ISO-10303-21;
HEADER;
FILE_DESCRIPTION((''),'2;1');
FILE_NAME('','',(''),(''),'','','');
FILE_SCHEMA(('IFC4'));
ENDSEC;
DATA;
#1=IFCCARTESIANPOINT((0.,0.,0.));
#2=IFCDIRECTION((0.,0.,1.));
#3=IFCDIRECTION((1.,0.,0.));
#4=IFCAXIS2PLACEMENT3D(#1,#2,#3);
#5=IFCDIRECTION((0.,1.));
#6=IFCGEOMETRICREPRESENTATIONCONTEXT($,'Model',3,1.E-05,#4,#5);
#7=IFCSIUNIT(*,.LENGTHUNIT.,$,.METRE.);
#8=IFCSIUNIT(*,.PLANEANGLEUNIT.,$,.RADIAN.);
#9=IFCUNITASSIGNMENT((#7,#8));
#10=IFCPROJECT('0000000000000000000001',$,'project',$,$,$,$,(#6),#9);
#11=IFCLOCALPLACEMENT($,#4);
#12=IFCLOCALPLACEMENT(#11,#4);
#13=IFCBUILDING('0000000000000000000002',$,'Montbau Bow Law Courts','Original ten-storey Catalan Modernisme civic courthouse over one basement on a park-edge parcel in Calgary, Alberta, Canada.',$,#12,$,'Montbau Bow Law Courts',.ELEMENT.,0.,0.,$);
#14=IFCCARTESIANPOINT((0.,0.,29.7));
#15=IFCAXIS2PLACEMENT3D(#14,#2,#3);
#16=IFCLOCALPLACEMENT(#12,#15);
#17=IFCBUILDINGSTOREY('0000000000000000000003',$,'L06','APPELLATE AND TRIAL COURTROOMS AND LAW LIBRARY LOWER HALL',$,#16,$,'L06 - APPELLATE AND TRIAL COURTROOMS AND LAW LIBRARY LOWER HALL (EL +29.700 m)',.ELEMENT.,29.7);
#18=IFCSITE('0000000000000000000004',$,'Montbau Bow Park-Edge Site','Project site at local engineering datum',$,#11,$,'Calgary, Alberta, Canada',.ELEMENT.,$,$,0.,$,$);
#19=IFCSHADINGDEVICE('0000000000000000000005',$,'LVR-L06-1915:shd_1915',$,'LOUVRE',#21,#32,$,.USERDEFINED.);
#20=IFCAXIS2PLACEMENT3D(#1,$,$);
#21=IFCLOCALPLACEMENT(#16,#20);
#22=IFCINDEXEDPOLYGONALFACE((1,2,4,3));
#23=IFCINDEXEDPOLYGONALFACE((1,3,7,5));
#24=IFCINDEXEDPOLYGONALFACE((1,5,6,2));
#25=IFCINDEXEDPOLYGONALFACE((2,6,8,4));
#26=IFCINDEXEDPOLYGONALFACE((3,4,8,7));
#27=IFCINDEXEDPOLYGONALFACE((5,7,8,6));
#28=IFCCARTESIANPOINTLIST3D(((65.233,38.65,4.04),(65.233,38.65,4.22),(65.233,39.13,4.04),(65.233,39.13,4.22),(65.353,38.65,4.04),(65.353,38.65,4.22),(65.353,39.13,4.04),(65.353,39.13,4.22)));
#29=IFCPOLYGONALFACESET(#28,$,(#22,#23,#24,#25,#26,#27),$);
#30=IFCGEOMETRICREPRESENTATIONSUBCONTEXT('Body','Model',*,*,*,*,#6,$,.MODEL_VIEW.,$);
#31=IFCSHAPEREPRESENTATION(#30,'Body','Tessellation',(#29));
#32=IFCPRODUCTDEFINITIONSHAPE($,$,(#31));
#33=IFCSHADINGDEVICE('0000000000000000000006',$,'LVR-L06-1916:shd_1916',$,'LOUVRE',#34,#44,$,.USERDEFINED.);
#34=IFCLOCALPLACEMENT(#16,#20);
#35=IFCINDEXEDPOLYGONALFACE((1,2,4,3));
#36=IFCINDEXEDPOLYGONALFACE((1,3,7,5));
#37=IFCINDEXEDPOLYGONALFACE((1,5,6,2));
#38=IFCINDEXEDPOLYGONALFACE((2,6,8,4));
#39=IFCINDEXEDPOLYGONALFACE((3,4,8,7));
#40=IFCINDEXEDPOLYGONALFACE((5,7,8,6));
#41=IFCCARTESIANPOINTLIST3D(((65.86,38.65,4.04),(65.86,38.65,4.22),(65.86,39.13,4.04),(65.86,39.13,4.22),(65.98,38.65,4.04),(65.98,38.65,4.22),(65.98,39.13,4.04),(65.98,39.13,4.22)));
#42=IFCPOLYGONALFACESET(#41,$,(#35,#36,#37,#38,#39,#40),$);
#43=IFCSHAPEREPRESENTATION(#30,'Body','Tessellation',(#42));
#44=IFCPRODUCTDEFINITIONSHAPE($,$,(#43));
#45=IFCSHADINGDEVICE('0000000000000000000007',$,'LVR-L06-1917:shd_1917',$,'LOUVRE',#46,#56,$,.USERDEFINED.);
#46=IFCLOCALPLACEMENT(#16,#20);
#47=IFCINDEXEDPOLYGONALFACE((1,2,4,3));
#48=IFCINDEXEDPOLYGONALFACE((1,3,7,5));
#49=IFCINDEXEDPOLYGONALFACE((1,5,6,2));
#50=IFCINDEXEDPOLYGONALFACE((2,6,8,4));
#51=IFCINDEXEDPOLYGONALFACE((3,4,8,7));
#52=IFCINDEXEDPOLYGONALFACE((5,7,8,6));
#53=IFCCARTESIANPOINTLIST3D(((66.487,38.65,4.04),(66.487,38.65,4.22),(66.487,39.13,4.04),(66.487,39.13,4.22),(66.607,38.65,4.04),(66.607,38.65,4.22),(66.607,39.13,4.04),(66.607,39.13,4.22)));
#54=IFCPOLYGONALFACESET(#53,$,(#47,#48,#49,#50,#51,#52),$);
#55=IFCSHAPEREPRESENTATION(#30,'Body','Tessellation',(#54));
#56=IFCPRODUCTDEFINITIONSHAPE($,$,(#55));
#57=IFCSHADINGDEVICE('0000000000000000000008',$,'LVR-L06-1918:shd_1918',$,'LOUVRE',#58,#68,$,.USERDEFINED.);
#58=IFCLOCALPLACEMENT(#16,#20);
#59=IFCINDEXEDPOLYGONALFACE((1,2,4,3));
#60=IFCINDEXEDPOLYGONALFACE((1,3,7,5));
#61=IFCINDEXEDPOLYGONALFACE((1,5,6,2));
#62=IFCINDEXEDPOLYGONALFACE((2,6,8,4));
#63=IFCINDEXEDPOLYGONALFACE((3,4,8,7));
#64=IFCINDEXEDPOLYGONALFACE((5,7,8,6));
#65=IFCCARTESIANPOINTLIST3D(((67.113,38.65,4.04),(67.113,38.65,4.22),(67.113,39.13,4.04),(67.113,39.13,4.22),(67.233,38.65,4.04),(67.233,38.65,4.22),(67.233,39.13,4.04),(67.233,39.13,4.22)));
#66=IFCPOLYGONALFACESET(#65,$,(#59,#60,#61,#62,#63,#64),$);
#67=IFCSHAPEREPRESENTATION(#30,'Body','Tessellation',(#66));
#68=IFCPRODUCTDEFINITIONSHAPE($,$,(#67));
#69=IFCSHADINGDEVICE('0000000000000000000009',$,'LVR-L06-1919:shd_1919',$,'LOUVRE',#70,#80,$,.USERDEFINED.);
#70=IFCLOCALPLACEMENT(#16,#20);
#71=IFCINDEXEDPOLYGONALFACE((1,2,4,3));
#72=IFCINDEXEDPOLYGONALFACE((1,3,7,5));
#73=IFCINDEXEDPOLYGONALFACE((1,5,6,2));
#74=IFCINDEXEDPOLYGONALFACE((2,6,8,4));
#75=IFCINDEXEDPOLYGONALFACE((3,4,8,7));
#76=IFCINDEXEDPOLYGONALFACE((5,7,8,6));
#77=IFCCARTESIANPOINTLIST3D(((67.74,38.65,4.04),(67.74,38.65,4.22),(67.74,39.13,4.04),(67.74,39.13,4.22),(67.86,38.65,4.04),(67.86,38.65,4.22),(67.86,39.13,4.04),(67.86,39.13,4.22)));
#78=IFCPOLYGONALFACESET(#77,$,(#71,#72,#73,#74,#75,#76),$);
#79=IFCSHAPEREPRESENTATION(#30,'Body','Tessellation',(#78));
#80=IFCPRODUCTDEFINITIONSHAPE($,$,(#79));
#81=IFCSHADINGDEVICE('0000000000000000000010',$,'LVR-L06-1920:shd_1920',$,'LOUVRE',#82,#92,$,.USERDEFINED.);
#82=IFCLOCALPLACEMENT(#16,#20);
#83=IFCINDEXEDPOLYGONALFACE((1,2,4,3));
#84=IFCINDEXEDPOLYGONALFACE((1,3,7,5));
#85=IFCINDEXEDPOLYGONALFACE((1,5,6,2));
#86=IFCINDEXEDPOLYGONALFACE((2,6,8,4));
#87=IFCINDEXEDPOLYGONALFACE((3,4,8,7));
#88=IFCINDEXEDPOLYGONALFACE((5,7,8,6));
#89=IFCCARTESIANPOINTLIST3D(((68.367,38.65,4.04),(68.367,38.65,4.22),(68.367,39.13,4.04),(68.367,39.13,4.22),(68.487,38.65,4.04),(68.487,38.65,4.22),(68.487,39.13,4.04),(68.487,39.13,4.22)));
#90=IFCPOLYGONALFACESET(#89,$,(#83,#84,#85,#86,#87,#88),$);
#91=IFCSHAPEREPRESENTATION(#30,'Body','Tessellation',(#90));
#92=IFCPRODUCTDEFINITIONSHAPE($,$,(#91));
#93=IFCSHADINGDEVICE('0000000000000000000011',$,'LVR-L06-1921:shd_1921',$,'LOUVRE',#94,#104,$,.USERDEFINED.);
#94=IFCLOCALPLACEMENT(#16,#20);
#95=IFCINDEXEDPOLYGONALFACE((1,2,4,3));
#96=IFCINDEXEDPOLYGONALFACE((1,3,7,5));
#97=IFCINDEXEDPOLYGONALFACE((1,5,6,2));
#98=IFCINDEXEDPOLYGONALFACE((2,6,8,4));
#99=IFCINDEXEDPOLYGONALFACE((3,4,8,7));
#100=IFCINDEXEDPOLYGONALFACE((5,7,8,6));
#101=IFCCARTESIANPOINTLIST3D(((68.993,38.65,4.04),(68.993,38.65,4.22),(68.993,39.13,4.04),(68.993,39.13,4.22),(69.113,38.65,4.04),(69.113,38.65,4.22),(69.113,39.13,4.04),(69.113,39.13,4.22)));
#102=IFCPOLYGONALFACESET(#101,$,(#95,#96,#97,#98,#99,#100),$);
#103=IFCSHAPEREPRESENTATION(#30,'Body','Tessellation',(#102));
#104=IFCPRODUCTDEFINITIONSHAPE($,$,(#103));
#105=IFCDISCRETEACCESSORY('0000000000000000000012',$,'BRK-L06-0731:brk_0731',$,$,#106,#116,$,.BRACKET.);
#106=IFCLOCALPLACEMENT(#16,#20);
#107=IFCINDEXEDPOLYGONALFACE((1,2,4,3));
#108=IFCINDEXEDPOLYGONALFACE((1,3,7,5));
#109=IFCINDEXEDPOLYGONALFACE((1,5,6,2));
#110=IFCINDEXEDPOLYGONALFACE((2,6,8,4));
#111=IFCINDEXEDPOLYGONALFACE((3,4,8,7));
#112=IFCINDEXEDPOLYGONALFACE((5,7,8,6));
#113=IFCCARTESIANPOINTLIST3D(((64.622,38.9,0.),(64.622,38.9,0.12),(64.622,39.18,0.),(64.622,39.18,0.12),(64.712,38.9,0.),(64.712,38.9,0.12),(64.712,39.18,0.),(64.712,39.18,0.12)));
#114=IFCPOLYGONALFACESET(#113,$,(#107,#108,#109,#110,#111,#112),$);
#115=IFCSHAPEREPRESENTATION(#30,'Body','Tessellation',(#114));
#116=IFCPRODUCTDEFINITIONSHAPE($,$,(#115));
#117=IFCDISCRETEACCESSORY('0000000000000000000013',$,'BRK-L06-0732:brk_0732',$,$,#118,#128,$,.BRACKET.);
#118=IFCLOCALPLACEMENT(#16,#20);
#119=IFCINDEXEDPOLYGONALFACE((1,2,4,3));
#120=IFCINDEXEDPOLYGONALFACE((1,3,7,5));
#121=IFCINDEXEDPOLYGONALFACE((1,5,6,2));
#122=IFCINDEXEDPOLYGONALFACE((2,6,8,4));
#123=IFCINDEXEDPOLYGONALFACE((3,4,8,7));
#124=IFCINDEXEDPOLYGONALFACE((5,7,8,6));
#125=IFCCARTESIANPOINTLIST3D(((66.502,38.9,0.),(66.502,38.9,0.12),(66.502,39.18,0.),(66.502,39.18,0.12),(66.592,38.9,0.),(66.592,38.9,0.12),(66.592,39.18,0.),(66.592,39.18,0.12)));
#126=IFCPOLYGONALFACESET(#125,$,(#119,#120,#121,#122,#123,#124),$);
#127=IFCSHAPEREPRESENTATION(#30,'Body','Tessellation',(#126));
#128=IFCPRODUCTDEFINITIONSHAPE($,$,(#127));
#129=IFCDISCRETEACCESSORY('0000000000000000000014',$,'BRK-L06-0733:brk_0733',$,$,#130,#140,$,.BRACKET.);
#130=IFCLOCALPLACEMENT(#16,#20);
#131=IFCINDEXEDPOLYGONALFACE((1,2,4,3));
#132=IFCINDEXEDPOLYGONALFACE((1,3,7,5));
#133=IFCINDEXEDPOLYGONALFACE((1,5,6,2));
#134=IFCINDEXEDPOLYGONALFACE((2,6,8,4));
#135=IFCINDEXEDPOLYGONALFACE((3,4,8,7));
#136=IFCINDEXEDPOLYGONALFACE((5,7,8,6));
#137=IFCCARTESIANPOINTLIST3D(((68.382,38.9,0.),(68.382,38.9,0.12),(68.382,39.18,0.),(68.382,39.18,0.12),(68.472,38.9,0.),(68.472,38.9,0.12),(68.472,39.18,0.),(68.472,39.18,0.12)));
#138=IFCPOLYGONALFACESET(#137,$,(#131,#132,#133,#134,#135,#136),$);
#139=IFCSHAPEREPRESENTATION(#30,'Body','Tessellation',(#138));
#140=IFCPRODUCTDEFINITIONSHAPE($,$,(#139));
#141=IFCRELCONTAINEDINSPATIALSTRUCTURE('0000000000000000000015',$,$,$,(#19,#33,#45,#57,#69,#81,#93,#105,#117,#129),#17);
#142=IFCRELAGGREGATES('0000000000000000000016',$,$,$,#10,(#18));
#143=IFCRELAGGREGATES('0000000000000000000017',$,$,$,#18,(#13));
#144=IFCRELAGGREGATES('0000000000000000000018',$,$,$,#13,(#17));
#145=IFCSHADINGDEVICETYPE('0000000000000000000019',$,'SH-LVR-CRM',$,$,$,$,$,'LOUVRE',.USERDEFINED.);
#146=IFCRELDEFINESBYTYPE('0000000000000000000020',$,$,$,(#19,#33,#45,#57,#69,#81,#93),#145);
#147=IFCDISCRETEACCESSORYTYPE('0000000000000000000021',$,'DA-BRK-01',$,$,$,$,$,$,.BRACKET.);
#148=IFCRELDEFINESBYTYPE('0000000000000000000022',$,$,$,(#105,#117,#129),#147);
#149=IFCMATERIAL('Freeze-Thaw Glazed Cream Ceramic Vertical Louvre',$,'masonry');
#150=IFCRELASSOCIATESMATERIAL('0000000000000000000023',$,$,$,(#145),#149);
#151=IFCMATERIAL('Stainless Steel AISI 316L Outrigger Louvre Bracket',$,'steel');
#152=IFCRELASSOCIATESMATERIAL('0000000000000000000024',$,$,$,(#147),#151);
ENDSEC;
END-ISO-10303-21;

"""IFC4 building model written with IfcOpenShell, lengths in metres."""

from ifc_helpers import new_model, si_unit, direction, frame, origin_with_axes, origin_2d_with_axis, place, context, subcontext, project, spatial, rectangle, extrude, material, type_object, element, save


model = new_model("IFC4")

# Units and contexts
model_context = context("Model", 3, precision=1e-05, world=origin_with_axes(), true_north=direction((0.0, 1.0)))
body_context = subcontext(model_context, "Body", "Model", "MODEL_VIEW")
ifc_project = project(units=[si_unit("LENGTHUNIT", "METRE"), si_unit("PLANEANGLEUNIT", "RADIAN")], contexts=[model_context])

# Site, building, storey
site_placement = place(None, origin_with_axes())
site = spatial("IfcSite", under=ifc_project, at=site_placement, Name="Montbau Bow Park-Edge Site", Description="Project site at local engineering datum", LongName="Calgary, Alberta, Canada", CompositionType="ELEMENT", RefElevation=0.0)
building_placement = place(site_placement, origin_with_axes())
building = spatial("IfcBuilding", under=site, at=building_placement, Name="Montbau Bow Law Courts", Description="Original ten-storey Catalan Modernisme civic courthouse over one basement on a park-edge parcel in Calgary, Alberta, Canada.", LongName="Montbau Bow Law Courts", CompositionType="ELEMENT", ElevationOfRefHeight=0.0, ElevationOfTerrain=0.0)
storey_placement = place(building_placement, frame((0.0, 0.0, 29.7), z_axis=(0.0, 0.0, 1.0), x_axis=(1.0, 0.0, 0.0)))
storey = spatial("IfcBuildingStorey", under=building, at=storey_placement, Name="L06", Description="APPELLATE AND TRIAL COURTROOMS AND LAW LIBRARY LOWER HALL", LongName="L06 - APPELLATE AND TRIAL COURTROOMS AND LAW LIBRARY LOWER HALL (EL +29.700 m)", CompositionType="ELEMENT", Elevation=29.7)

# Shading devices
ifc_material_1 = material(Name="Freeze-Thaw Glazed Cream Ceramic Vertical Louvre", Category="masonry")
shading_device_type = type_object("IfcShadingDeviceType", Name="SH-LVR-CRM", ElementType="LOUVRE", PredefinedType="USERDEFINED", material=ifc_material_1)
for number, where, z_axis, x_axis, name in (
    (1, (65.293, 38.89, 33.74), (0.0, 0.0, 1.0), (0.0, -1.0, 0.0), "LVR-L06-1915:shd_1915"),
    (2, (65.92, 38.89, 33.74), (0.0, 0.0, 1.0), (0.0, -1.0, 0.0), "LVR-L06-1916:shd_1916"),
    (3, (66.547, 38.89, 33.74), (0.0, 0.0, 1.0), (0.0, -1.0, 0.0), "LVR-L06-1917:shd_1917"),
    (4, (67.173, 38.89, 33.74), (0.0, 0.0, 1.0), (0.0, -1.0, 0.0), "LVR-L06-1918:shd_1918"),
    (5, (67.8, 38.89, 33.74), (0.0, 0.0, 1.0), (0.0, -1.0, 0.0), "LVR-L06-1919:shd_1919"),
    (6, (68.427, 38.89, 33.74), (0.0, 0.0, 1.0), (0.0, -1.0, 0.0), "LVR-L06-1920:shd_1920"),
    (7, (69.053, 38.89, 33.74), (0.0, 0.0, 1.0), (0.0, -1.0, 0.0), "LVR-L06-1921:shd_1921"),
):
    element("IfcShadingDevice", number, at=place(None, frame(where, z_axis=z_axis, x_axis=x_axis)), inside=storey, type_object=shading_device_type, Name=name, ObjectType="LOUVRE", PredefinedType="USERDEFINED", context=body_context, shape_type="SweptSolid", body=[
        extrude(rectangle(XDim=0.48, YDim=0.12, at=origin_2d_with_axis()), origin_with_axes(), (0.0, 0.0, 1.0), 0.18),
    ])

# Discrete accessories
ifc_material_2 = material(Name="Stainless Steel AISI 316L Outrigger Louvre Bracket", Category="steel")
discrete_accessory_type = type_object("IfcDiscreteAccessoryType", Name="DA-BRK-01", PredefinedType="BRACKET", material=ifc_material_2)
for number, where, z_axis, x_axis, name in (
    (8, (64.667, 39.04, 29.7), (0.0, 0.0, 1.0), (0.0, -1.0, 0.0), "BRK-L06-0731:brk_0731"),
    (9, (66.547, 39.04, 29.7), (0.0, 0.0, 1.0), (0.0, -1.0, 0.0), "BRK-L06-0732:brk_0732"),
    (10, (68.427, 39.04, 29.7), (0.0, 0.0, 1.0), (0.0, -1.0, 0.0), "BRK-L06-0733:brk_0733"),
):
    element("IfcDiscreteAccessory", number, at=place(None, frame(where, z_axis=z_axis, x_axis=x_axis)), inside=storey, type_object=discrete_accessory_type, Name=name, PredefinedType="BRACKET", context=body_context, shape_type="SweptSolid", body=[
        extrude(rectangle(XDim=0.28, YDim=0.09, at=origin_2d_with_axis()), origin_with_axes(), (0.0, 0.0, 1.0), 0.12),
    ])

save(model, "model.ifc")
